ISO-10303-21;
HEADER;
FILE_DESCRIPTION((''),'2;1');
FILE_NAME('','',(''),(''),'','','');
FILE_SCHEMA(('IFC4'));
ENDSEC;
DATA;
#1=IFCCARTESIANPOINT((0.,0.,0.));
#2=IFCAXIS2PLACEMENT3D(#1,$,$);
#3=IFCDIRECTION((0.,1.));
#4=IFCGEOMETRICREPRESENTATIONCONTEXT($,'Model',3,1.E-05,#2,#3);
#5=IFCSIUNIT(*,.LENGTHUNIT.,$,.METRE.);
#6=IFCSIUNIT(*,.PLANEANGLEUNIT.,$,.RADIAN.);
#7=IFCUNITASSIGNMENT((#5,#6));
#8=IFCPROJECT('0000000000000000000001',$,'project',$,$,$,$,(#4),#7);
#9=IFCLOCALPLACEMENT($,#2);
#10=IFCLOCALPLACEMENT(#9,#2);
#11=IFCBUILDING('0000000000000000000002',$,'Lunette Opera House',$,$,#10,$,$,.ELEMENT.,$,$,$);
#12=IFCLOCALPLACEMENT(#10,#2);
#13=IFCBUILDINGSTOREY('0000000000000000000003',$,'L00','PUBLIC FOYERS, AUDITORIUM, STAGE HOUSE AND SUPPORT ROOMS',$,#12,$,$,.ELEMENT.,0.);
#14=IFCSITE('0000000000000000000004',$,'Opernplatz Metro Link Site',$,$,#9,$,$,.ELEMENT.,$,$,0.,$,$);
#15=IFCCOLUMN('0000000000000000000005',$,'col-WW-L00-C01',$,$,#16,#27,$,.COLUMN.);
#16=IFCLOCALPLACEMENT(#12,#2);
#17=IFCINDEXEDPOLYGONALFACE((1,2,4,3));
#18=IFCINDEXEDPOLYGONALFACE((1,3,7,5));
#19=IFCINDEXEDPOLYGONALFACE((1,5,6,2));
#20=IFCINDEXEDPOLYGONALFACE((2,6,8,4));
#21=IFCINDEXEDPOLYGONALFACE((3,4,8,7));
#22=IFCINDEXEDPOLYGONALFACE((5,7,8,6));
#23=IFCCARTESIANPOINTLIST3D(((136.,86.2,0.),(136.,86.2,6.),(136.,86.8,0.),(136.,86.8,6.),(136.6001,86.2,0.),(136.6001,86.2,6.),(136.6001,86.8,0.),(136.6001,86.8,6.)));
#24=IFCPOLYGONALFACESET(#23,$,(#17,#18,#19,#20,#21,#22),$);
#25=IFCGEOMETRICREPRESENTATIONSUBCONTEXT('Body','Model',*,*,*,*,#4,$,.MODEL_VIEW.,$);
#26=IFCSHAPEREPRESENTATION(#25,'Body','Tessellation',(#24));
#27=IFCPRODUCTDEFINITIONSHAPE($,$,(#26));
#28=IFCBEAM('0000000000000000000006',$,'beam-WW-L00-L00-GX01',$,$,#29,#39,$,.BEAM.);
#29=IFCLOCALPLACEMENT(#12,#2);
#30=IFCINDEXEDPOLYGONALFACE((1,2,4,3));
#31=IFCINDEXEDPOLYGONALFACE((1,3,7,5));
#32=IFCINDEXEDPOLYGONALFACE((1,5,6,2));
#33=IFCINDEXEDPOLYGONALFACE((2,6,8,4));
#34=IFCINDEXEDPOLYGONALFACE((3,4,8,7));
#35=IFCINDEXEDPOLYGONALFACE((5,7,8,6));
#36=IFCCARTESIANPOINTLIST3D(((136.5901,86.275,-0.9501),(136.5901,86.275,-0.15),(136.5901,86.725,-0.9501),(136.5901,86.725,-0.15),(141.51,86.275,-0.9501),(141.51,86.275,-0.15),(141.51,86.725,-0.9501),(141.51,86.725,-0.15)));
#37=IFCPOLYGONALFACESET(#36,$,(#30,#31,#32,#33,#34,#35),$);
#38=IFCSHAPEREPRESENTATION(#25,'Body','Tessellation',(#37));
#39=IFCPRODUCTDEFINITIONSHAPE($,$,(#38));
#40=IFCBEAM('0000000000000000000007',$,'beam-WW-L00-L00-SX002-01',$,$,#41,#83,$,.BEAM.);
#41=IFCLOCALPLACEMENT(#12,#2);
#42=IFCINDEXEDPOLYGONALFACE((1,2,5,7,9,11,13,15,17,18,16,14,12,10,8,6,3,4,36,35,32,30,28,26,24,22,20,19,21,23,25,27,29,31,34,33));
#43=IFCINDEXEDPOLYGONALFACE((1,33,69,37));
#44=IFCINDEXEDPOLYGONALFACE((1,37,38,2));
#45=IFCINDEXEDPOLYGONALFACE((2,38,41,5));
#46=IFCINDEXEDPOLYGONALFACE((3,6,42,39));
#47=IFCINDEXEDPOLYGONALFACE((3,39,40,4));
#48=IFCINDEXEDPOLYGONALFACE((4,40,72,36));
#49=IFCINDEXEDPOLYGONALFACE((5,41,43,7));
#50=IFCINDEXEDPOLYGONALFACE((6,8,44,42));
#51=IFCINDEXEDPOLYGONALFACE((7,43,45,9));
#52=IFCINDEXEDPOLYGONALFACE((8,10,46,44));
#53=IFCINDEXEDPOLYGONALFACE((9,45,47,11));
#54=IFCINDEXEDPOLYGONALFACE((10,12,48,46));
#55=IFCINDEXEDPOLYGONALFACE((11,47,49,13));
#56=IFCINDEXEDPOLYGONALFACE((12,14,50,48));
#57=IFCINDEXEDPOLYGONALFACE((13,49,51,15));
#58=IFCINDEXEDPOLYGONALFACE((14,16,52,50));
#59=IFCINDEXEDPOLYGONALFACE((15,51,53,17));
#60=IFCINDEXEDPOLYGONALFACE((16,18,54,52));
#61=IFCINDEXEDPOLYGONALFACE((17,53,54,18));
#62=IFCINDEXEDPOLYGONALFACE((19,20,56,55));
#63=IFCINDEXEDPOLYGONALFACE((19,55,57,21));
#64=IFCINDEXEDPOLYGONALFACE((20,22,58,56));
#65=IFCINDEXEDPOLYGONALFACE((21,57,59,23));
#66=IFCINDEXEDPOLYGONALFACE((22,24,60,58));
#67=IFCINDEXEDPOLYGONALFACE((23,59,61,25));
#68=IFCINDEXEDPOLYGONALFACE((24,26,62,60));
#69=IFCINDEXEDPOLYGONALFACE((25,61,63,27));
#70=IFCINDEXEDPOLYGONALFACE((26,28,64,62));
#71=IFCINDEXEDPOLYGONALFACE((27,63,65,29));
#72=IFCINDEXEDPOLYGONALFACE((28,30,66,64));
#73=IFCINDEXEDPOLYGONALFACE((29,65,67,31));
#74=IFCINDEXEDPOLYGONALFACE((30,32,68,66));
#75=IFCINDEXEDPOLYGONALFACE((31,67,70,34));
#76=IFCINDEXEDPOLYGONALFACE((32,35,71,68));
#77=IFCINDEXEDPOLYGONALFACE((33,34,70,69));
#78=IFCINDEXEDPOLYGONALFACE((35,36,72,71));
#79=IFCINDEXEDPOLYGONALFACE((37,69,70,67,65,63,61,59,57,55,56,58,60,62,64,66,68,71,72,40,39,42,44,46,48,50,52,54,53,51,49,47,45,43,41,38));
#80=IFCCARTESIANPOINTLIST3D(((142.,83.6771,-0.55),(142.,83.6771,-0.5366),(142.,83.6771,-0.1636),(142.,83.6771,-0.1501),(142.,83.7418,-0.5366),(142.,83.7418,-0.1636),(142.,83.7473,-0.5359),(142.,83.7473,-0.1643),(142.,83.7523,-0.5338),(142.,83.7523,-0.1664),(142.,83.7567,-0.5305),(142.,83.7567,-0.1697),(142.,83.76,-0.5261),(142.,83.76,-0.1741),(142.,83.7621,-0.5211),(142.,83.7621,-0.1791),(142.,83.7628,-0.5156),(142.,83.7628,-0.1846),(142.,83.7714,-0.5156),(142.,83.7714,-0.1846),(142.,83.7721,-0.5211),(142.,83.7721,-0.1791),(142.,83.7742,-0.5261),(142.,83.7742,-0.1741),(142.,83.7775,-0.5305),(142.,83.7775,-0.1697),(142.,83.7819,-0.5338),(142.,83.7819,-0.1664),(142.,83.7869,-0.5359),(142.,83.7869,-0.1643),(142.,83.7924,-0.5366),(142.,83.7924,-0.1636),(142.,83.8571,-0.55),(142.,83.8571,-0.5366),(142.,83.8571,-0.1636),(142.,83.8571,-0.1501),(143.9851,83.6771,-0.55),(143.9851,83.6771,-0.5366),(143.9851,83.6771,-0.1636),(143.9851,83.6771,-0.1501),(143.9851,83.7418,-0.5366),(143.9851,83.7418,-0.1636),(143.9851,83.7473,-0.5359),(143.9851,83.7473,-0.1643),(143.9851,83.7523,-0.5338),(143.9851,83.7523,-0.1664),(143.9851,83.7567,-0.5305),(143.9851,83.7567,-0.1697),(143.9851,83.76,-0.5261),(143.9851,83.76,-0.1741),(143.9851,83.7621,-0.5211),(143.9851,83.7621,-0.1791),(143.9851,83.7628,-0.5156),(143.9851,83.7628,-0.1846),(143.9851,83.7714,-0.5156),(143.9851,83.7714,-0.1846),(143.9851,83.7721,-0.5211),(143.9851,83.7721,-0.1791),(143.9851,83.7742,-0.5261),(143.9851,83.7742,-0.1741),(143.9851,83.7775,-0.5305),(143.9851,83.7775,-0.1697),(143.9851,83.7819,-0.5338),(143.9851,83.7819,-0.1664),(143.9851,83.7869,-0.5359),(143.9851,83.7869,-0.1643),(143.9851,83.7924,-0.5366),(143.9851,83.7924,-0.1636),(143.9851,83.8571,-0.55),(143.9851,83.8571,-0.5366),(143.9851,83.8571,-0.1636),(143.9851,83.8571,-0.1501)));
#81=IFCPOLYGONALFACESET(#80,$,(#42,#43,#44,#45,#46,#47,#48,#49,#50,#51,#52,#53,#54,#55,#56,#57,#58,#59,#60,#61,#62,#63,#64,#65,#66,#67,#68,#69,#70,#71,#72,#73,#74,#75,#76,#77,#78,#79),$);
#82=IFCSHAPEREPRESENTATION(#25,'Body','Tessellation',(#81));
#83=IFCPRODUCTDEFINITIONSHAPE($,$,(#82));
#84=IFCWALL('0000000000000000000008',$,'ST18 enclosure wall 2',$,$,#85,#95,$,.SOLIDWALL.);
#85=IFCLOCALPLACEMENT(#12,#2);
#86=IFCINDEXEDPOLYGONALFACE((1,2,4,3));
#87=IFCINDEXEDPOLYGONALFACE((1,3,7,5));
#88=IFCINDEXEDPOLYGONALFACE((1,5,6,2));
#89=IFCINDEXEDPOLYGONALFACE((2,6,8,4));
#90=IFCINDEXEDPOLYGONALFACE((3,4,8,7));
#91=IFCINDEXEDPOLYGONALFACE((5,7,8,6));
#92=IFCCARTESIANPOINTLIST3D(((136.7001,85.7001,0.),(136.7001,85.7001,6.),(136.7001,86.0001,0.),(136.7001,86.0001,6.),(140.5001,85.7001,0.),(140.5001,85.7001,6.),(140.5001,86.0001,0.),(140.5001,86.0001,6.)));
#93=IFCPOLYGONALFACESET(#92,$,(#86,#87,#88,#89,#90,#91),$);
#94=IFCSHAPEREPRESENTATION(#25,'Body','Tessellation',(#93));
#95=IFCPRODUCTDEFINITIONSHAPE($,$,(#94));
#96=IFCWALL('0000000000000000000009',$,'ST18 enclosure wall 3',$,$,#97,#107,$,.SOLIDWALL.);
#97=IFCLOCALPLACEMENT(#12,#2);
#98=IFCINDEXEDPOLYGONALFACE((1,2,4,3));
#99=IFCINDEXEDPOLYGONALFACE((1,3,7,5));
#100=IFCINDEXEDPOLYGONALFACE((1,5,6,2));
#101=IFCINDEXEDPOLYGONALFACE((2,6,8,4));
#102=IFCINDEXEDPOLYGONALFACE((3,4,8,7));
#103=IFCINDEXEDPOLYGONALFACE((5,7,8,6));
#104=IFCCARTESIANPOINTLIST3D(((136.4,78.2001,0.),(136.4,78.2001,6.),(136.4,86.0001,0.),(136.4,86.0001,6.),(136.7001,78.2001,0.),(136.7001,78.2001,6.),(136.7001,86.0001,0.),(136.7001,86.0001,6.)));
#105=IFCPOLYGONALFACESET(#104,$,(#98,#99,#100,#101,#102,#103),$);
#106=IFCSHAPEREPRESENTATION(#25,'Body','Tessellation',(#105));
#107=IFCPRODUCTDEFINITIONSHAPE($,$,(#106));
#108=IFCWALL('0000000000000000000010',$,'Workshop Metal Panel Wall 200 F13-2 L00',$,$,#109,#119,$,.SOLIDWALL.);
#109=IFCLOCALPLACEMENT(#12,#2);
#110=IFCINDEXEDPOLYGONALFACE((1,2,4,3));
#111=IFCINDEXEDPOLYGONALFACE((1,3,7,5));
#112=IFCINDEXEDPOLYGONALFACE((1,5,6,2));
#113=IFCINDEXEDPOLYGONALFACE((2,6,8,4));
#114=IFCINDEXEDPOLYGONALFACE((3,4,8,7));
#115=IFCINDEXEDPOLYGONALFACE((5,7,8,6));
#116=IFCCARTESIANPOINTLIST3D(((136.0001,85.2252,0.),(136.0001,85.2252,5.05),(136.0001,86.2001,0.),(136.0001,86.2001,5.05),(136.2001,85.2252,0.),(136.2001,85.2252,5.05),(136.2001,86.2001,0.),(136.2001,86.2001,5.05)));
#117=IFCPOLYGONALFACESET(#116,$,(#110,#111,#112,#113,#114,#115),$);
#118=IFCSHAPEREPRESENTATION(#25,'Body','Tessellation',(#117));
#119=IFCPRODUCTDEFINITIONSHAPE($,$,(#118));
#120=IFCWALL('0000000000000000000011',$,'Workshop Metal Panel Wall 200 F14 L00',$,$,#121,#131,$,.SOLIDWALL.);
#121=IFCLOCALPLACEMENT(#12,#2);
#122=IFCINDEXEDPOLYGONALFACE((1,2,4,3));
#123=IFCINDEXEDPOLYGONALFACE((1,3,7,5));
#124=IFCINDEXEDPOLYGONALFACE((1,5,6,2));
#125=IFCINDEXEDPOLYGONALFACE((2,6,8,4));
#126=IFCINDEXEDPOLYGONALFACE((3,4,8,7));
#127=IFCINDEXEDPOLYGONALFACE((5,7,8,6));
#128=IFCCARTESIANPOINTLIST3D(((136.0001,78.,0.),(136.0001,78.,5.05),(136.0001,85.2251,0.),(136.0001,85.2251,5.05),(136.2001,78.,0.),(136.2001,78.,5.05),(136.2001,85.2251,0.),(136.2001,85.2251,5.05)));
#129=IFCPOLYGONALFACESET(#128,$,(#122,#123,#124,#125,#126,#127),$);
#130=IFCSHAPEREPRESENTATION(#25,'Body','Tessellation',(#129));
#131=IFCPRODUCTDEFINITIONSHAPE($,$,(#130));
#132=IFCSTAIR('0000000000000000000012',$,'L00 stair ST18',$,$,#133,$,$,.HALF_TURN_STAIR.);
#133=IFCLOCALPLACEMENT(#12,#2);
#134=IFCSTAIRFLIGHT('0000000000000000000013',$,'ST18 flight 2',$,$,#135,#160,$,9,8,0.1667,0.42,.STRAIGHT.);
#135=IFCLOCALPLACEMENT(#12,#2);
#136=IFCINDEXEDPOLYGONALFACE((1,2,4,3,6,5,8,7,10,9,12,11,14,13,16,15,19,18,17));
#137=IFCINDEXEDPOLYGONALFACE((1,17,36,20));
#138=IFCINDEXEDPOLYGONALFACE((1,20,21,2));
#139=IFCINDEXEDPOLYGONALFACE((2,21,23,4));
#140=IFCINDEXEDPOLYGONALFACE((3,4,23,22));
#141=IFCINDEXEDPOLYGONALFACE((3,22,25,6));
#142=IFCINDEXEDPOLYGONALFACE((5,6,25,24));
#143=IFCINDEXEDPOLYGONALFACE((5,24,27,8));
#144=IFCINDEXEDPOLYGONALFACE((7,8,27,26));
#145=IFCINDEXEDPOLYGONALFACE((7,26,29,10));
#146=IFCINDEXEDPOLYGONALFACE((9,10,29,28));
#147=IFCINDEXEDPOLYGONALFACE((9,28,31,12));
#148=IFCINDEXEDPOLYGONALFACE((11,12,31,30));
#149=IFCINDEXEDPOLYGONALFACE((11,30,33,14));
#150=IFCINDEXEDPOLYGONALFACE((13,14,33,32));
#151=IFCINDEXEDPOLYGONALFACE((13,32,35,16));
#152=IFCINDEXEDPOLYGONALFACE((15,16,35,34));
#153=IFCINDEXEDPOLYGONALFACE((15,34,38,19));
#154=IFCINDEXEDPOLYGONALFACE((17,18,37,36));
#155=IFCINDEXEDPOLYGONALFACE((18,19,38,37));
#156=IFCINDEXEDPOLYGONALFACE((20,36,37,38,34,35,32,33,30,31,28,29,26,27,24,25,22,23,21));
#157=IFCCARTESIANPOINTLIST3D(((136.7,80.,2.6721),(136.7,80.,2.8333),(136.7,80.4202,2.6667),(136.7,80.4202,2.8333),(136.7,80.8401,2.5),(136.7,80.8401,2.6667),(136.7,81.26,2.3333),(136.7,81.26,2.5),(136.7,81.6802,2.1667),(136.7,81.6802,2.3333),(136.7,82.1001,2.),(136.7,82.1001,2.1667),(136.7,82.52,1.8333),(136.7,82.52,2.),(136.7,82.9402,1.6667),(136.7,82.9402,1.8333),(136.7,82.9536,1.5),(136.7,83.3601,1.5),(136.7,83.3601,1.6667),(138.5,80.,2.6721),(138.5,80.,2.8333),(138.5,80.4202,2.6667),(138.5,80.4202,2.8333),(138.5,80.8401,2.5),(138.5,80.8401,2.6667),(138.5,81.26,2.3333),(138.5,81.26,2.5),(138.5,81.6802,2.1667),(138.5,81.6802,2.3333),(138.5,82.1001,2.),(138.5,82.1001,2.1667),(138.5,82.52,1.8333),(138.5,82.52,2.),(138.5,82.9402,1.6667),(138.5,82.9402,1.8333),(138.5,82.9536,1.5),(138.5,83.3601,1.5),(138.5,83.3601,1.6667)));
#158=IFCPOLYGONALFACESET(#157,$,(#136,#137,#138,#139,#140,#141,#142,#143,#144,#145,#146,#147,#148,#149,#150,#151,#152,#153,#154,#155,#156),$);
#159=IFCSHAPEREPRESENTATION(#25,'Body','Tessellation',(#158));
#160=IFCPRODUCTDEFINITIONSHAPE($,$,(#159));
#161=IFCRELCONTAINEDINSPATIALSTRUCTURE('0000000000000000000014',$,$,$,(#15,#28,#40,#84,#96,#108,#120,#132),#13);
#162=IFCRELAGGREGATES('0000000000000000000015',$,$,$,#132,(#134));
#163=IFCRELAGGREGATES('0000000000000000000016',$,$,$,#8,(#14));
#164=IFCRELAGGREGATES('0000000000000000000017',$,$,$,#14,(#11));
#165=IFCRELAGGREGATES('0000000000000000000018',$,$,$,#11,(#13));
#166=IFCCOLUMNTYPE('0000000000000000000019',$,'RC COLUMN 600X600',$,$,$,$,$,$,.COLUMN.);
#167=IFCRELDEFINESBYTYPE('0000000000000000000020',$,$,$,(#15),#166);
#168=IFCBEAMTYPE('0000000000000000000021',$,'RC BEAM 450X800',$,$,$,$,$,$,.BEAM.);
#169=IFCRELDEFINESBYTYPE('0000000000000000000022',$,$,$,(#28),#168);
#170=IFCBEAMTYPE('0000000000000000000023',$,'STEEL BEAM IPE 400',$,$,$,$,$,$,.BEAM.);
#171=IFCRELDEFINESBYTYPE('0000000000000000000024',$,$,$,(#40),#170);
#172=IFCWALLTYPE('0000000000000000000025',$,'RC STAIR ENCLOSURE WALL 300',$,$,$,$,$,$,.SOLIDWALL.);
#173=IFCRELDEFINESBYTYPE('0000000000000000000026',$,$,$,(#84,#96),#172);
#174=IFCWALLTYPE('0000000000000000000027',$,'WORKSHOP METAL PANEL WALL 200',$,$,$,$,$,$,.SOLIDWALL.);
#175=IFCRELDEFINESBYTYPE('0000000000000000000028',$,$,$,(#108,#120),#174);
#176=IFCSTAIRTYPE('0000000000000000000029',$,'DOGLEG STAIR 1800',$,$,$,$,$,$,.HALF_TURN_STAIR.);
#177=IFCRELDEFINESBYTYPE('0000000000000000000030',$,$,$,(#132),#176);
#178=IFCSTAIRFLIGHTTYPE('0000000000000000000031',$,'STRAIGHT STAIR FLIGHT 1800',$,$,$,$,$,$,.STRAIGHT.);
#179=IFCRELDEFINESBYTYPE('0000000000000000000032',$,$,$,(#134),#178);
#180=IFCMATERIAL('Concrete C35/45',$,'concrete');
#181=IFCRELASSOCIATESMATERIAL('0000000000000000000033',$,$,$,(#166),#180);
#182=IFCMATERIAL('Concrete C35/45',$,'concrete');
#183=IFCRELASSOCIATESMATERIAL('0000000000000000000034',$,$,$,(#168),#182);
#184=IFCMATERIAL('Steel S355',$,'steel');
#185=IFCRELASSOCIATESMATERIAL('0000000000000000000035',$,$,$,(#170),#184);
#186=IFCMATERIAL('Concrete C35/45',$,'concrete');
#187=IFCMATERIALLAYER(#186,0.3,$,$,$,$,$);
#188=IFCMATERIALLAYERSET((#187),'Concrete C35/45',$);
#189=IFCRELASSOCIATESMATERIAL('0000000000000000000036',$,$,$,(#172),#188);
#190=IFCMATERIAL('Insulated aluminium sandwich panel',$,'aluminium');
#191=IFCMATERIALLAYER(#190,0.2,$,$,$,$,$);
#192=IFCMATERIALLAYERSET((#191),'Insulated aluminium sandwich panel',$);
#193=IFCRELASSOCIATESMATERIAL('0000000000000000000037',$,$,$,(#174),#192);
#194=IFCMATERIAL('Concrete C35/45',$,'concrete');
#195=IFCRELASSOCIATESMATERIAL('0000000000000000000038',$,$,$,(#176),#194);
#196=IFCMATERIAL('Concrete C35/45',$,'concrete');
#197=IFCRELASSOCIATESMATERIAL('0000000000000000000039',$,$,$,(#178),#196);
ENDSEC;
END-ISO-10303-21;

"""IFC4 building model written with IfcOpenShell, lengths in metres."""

from ifc_helpers import new_model, si_unit, direction, frame, frame_2d, origin, origin_2d, place, context, subcontext, project, spatial, polyline, rectangle, i_section, outline, extrude, material, layer, layer_set, material_profile, profile_set, type_object, element, aggregate, save


model = new_model("IFC4")

# Units and contexts
model_context = context("Model", 3, precision=1e-05, world=origin(), true_north=direction((0.0, 1.0)))
body_context = subcontext(model_context, "Body", "Model", "MODEL_VIEW")
ifc_project = project(units=[si_unit("LENGTHUNIT", "METRE"), si_unit("PLANEANGLEUNIT", "RADIAN")], contexts=[model_context])

# Site, building, storey
site_placement = place(None, origin())
site = spatial("IfcSite", under=ifc_project, at=site_placement, Name="Opernplatz Metro Link Site", CompositionType="ELEMENT", RefElevation=0.0)
building_placement = place(site_placement, origin())
building = spatial("IfcBuilding", under=site, at=building_placement, Name="Lunette Opera House", CompositionType="ELEMENT")
storey_placement = place(building_placement, origin())
storey = spatial("IfcBuildingStorey", under=building, at=storey_placement, Name="L00", Description="PUBLIC FOYERS, AUDITORIUM, STAGE HOUSE AND SUPPORT ROOMS", CompositionType="ELEMENT", Elevation=0.0)

# Column
ifc_material_1 = material(Name="Concrete C35/45", Category="concrete")
ifc_material_profile_1 = material_profile(ifc_material_1, rectangle(XDim=0.6001, YDim=0.6001, at=origin_2d()), Name="RC COLUMN 600X600")
ifc_profile_set_1 = profile_set([ifc_material_profile_1], Name="Concrete C35/45")
column_type = type_object("IfcColumnType", Name="RC COLUMN 600X600", PredefinedType="COLUMN", material=ifc_profile_set_1)
column_placement = place(storey_placement, frame((136.3, 86.5, 0.0), z_axis=(0.0, 0.0, 1.0), x_axis=(1.0, 0.0, 0.0)))
element("IfcColumn", 1, at=column_placement, inside=storey, type_object=column_type, Name="col-WW-L00-C01", PredefinedType="COLUMN", context=body_context, shape_type="SweptSolid", body=[
    extrude(rectangle(XDim=0.6001, YDim=0.6001, at=origin_2d()), origin(), (0.0, 0.0, 1.0), 6.0),
])

# Beams
ifc_material_2 = material(Name="Concrete C35/45", Category="concrete")
ifc_material_profile_2 = material_profile(ifc_material_2, rectangle(XDim=0.45, YDim=0.8, at=origin_2d()), Name="RC BEAM 450X800")
ifc_profile_set_2 = profile_set([ifc_material_profile_2], Name="Concrete C35/45")
beam_type_1 = type_object("IfcBeamType", Name="RC BEAM 450X800", PredefinedType="BEAM", material=ifc_profile_set_2)
beam_1_placement = place(storey_placement, frame((136.5901, 86.5, -0.55), z_axis=(1.0, 0.0, 0.0), x_axis=(0.0, 1.0, 0.0)))
element("IfcBeam", 2, at=beam_1_placement, inside=storey, type_object=beam_type_1, Name="beam-WW-L00-L00-GX01", PredefinedType="BEAM", context=body_context, shape_type="SweptSolid", body=[
    extrude(rectangle(XDim=0.45, YDim=0.8, at=origin_2d()), origin(), (0.0, 0.0, 1.0), 4.9199),
])
ifc_material_3 = material(Name="Steel S355", Category="steel")
ifc_material_profile_3 = material_profile(ifc_material_3, i_section(OverallWidth=0.1799, OverallDepth=0.3999, WebThickness=0.0085, FlangeThickness=0.0134, FilletRadius=0.021, at=origin_2d()), Name="IPE 400")
ifc_profile_set_3 = profile_set([ifc_material_profile_3], Name="Steel S355")
beam_type_2 = type_object("IfcBeamType", Name="STEEL BEAM IPE 400", PredefinedType="BEAM", material=ifc_profile_set_3)
beam_2_placement = place(storey_placement, frame((142.0, 83.7671, -0.3501), z_axis=(1.0, 0.0, 0.0), x_axis=(0.0, 1.0, 0.0)))
element("IfcBeam", 3, at=beam_2_placement, inside=storey, type_object=beam_type_2, Name="beam-WW-L00-L00-SX002-01", PredefinedType="BEAM", context=body_context, shape_type="SweptSolid", body=[
    extrude(i_section(OverallWidth=0.1799, OverallDepth=0.3999, WebThickness=0.0085, FlangeThickness=0.0134, FilletRadius=0.021, at=origin_2d()), origin(), (0.0, 0.0, 1.0), 1.9851),
])

# Walls
ifc_material_4 = material(Name="Concrete C35/45", Category="concrete")
ifc_layer_1 = layer(ifc_material_4, 0.3)
ifc_layer_set_1 = layer_set([ifc_layer_1], Name="Concrete C35/45")
wall_type_1 = type_object("IfcWallType", Name="RC STAIR ENCLOSURE WALL 300", PredefinedType="SOLIDWALL", material=ifc_layer_set_1)
wall_1_placement = place(storey_placement, frame((140.5, 85.8501, 0.0), z_axis=(0.0, 0.0, 1.0), x_axis=(-1.0, 0.0, 0.0)))
element("IfcWall", 4, at=wall_1_placement, inside=storey, type_object=wall_type_1, Name="ST18 enclosure wall 2", PredefinedType="SOLIDWALL", context=body_context, shape_type="SweptSolid", body=[
    extrude(rectangle(XDim=3.8, YDim=0.3, at=frame_2d((1.8999, 0.0))), origin(), (0.0, 0.0, 1.0), 6.0),
])
wall_2_placement = place(storey_placement, frame((136.55, 86.0, 0.0), z_axis=(0.0, 0.0, 1.0), x_axis=(0.0, -1.0, 0.0)))
element("IfcWall", 5, at=wall_2_placement, inside=storey, type_object=wall_type_1, Name="ST18 enclosure wall 3", PredefinedType="SOLIDWALL", context=body_context, shape_type="SweptSolid", body=[
    extrude(rectangle(XDim=7.8, YDim=0.3, at=frame_2d((3.8999, 0.0))), origin(), (0.0, 0.0, 1.0), 6.0),
])
ifc_material_5 = material(Name="Insulated aluminium sandwich panel", Category="aluminium")
ifc_layer_2 = layer(ifc_material_5, 0.2)
ifc_layer_set_2 = layer_set([ifc_layer_2], Name="Insulated aluminium sandwich panel")
wall_type_2 = type_object("IfcWallType", Name="WORKSHOP METAL PANEL WALL 200", PredefinedType="SOLIDWALL", material=ifc_layer_set_2)
wall_3_placement = place(storey_placement, frame((136.1001, 86.2, 0.0), z_axis=(0.0, 0.0, 1.0), x_axis=(0.0, -1.0, 0.0)))
element("IfcWall", 6, at=wall_3_placement, inside=storey, type_object=wall_type_2, Name="Workshop Metal Panel Wall 200 F13-2 L00", PredefinedType="SOLIDWALL", context=body_context, shape_type="SweptSolid", body=[
    extrude(rectangle(XDim=0.9749, YDim=0.2, at=frame_2d((0.4873, 0.0))), origin(), (0.0, 0.0, 1.0), 5.05),
])
wall_4_placement = place(storey_placement, frame((136.1001, 85.2251, 0.0), z_axis=(0.0, 0.0, 1.0), x_axis=(0.0, -1.0, 0.0)))
element("IfcWall", 7, at=wall_4_placement, inside=storey, type_object=wall_type_2, Name="Workshop Metal Panel Wall 200 F14 L00", PredefinedType="SOLIDWALL", context=body_context, shape_type="SweptSolid", body=[
    extrude(rectangle(XDim=7.2251, YDim=0.2, at=frame_2d((3.6125, 0.0))), origin(), (0.0, 0.0, 1.0), 5.05),
])

# Stair, stair flight
ifc_material_6 = material(Name="Concrete C35/45", Category="concrete")
stair_type = type_object("IfcStairType", Name="DOGLEG STAIR 1800", PredefinedType="HALF_TURN_STAIR", material=ifc_material_6)
stair_placement = place(storey_placement, origin())
stair = element("IfcStair", 8, at=stair_placement, inside=storey, type_object=stair_type, Name="L00 stair ST18", PredefinedType="HALF_TURN_STAIR")
ifc_material_7 = material(Name="Concrete C35/45", Category="concrete")
stair_flight_type = type_object("IfcStairFlightType", Name="STRAIGHT STAIR FLIGHT 1800", PredefinedType="STRAIGHT", material=ifc_material_7)
stair_flight_1_placement = place(storey_placement, frame((137.6001, 83.3601, 1.5), z_axis=(0.0, 0.0, 1.0), x_axis=(0.0, -1.0, 0.0)))
stair_flight_1 = element("IfcStairFlight", 9, at=stair_flight_1_placement, type_object=stair_flight_type, Name="ST18 flight 2", NumberOfRisers=9, NumberOfTreads=8, PredefinedType="STRAIGHT", RiserHeight=0.1667, TreadLength=0.42, context=body_context, shape_type="SweptSolid", body=[
    extrude(outline(polyline([(0.0, 0.0), (0.0, 0.1667), (0.4199, 0.1667), (0.4199, 0.3333), (0.8401, 0.3333), (0.8401, 0.5), (1.26, 0.5), (1.26, 0.6667), (1.6799, 0.6667), (1.6799, 0.8333), (2.1001, 0.8333), (2.1001, 1.0), (2.52, 1.0), (2.52, 1.1667), (2.9399, 1.1667), (2.9399, 1.3333), (3.3601, 1.3333), (3.3601, 1.5), (3.3601, 1.1721), (0.4065, 0.0), (0.0, 0.0)])), frame((0.0, 0.8999, 0.0), z_axis=(0.0, -1.0, 0.0), x_axis=(1.0, 0.0, 0.0)), (0.0, 0.0, 1.0), 1.8),
])
aggregate(stair, [stair_flight_1])

save(model, "model.ifc")
